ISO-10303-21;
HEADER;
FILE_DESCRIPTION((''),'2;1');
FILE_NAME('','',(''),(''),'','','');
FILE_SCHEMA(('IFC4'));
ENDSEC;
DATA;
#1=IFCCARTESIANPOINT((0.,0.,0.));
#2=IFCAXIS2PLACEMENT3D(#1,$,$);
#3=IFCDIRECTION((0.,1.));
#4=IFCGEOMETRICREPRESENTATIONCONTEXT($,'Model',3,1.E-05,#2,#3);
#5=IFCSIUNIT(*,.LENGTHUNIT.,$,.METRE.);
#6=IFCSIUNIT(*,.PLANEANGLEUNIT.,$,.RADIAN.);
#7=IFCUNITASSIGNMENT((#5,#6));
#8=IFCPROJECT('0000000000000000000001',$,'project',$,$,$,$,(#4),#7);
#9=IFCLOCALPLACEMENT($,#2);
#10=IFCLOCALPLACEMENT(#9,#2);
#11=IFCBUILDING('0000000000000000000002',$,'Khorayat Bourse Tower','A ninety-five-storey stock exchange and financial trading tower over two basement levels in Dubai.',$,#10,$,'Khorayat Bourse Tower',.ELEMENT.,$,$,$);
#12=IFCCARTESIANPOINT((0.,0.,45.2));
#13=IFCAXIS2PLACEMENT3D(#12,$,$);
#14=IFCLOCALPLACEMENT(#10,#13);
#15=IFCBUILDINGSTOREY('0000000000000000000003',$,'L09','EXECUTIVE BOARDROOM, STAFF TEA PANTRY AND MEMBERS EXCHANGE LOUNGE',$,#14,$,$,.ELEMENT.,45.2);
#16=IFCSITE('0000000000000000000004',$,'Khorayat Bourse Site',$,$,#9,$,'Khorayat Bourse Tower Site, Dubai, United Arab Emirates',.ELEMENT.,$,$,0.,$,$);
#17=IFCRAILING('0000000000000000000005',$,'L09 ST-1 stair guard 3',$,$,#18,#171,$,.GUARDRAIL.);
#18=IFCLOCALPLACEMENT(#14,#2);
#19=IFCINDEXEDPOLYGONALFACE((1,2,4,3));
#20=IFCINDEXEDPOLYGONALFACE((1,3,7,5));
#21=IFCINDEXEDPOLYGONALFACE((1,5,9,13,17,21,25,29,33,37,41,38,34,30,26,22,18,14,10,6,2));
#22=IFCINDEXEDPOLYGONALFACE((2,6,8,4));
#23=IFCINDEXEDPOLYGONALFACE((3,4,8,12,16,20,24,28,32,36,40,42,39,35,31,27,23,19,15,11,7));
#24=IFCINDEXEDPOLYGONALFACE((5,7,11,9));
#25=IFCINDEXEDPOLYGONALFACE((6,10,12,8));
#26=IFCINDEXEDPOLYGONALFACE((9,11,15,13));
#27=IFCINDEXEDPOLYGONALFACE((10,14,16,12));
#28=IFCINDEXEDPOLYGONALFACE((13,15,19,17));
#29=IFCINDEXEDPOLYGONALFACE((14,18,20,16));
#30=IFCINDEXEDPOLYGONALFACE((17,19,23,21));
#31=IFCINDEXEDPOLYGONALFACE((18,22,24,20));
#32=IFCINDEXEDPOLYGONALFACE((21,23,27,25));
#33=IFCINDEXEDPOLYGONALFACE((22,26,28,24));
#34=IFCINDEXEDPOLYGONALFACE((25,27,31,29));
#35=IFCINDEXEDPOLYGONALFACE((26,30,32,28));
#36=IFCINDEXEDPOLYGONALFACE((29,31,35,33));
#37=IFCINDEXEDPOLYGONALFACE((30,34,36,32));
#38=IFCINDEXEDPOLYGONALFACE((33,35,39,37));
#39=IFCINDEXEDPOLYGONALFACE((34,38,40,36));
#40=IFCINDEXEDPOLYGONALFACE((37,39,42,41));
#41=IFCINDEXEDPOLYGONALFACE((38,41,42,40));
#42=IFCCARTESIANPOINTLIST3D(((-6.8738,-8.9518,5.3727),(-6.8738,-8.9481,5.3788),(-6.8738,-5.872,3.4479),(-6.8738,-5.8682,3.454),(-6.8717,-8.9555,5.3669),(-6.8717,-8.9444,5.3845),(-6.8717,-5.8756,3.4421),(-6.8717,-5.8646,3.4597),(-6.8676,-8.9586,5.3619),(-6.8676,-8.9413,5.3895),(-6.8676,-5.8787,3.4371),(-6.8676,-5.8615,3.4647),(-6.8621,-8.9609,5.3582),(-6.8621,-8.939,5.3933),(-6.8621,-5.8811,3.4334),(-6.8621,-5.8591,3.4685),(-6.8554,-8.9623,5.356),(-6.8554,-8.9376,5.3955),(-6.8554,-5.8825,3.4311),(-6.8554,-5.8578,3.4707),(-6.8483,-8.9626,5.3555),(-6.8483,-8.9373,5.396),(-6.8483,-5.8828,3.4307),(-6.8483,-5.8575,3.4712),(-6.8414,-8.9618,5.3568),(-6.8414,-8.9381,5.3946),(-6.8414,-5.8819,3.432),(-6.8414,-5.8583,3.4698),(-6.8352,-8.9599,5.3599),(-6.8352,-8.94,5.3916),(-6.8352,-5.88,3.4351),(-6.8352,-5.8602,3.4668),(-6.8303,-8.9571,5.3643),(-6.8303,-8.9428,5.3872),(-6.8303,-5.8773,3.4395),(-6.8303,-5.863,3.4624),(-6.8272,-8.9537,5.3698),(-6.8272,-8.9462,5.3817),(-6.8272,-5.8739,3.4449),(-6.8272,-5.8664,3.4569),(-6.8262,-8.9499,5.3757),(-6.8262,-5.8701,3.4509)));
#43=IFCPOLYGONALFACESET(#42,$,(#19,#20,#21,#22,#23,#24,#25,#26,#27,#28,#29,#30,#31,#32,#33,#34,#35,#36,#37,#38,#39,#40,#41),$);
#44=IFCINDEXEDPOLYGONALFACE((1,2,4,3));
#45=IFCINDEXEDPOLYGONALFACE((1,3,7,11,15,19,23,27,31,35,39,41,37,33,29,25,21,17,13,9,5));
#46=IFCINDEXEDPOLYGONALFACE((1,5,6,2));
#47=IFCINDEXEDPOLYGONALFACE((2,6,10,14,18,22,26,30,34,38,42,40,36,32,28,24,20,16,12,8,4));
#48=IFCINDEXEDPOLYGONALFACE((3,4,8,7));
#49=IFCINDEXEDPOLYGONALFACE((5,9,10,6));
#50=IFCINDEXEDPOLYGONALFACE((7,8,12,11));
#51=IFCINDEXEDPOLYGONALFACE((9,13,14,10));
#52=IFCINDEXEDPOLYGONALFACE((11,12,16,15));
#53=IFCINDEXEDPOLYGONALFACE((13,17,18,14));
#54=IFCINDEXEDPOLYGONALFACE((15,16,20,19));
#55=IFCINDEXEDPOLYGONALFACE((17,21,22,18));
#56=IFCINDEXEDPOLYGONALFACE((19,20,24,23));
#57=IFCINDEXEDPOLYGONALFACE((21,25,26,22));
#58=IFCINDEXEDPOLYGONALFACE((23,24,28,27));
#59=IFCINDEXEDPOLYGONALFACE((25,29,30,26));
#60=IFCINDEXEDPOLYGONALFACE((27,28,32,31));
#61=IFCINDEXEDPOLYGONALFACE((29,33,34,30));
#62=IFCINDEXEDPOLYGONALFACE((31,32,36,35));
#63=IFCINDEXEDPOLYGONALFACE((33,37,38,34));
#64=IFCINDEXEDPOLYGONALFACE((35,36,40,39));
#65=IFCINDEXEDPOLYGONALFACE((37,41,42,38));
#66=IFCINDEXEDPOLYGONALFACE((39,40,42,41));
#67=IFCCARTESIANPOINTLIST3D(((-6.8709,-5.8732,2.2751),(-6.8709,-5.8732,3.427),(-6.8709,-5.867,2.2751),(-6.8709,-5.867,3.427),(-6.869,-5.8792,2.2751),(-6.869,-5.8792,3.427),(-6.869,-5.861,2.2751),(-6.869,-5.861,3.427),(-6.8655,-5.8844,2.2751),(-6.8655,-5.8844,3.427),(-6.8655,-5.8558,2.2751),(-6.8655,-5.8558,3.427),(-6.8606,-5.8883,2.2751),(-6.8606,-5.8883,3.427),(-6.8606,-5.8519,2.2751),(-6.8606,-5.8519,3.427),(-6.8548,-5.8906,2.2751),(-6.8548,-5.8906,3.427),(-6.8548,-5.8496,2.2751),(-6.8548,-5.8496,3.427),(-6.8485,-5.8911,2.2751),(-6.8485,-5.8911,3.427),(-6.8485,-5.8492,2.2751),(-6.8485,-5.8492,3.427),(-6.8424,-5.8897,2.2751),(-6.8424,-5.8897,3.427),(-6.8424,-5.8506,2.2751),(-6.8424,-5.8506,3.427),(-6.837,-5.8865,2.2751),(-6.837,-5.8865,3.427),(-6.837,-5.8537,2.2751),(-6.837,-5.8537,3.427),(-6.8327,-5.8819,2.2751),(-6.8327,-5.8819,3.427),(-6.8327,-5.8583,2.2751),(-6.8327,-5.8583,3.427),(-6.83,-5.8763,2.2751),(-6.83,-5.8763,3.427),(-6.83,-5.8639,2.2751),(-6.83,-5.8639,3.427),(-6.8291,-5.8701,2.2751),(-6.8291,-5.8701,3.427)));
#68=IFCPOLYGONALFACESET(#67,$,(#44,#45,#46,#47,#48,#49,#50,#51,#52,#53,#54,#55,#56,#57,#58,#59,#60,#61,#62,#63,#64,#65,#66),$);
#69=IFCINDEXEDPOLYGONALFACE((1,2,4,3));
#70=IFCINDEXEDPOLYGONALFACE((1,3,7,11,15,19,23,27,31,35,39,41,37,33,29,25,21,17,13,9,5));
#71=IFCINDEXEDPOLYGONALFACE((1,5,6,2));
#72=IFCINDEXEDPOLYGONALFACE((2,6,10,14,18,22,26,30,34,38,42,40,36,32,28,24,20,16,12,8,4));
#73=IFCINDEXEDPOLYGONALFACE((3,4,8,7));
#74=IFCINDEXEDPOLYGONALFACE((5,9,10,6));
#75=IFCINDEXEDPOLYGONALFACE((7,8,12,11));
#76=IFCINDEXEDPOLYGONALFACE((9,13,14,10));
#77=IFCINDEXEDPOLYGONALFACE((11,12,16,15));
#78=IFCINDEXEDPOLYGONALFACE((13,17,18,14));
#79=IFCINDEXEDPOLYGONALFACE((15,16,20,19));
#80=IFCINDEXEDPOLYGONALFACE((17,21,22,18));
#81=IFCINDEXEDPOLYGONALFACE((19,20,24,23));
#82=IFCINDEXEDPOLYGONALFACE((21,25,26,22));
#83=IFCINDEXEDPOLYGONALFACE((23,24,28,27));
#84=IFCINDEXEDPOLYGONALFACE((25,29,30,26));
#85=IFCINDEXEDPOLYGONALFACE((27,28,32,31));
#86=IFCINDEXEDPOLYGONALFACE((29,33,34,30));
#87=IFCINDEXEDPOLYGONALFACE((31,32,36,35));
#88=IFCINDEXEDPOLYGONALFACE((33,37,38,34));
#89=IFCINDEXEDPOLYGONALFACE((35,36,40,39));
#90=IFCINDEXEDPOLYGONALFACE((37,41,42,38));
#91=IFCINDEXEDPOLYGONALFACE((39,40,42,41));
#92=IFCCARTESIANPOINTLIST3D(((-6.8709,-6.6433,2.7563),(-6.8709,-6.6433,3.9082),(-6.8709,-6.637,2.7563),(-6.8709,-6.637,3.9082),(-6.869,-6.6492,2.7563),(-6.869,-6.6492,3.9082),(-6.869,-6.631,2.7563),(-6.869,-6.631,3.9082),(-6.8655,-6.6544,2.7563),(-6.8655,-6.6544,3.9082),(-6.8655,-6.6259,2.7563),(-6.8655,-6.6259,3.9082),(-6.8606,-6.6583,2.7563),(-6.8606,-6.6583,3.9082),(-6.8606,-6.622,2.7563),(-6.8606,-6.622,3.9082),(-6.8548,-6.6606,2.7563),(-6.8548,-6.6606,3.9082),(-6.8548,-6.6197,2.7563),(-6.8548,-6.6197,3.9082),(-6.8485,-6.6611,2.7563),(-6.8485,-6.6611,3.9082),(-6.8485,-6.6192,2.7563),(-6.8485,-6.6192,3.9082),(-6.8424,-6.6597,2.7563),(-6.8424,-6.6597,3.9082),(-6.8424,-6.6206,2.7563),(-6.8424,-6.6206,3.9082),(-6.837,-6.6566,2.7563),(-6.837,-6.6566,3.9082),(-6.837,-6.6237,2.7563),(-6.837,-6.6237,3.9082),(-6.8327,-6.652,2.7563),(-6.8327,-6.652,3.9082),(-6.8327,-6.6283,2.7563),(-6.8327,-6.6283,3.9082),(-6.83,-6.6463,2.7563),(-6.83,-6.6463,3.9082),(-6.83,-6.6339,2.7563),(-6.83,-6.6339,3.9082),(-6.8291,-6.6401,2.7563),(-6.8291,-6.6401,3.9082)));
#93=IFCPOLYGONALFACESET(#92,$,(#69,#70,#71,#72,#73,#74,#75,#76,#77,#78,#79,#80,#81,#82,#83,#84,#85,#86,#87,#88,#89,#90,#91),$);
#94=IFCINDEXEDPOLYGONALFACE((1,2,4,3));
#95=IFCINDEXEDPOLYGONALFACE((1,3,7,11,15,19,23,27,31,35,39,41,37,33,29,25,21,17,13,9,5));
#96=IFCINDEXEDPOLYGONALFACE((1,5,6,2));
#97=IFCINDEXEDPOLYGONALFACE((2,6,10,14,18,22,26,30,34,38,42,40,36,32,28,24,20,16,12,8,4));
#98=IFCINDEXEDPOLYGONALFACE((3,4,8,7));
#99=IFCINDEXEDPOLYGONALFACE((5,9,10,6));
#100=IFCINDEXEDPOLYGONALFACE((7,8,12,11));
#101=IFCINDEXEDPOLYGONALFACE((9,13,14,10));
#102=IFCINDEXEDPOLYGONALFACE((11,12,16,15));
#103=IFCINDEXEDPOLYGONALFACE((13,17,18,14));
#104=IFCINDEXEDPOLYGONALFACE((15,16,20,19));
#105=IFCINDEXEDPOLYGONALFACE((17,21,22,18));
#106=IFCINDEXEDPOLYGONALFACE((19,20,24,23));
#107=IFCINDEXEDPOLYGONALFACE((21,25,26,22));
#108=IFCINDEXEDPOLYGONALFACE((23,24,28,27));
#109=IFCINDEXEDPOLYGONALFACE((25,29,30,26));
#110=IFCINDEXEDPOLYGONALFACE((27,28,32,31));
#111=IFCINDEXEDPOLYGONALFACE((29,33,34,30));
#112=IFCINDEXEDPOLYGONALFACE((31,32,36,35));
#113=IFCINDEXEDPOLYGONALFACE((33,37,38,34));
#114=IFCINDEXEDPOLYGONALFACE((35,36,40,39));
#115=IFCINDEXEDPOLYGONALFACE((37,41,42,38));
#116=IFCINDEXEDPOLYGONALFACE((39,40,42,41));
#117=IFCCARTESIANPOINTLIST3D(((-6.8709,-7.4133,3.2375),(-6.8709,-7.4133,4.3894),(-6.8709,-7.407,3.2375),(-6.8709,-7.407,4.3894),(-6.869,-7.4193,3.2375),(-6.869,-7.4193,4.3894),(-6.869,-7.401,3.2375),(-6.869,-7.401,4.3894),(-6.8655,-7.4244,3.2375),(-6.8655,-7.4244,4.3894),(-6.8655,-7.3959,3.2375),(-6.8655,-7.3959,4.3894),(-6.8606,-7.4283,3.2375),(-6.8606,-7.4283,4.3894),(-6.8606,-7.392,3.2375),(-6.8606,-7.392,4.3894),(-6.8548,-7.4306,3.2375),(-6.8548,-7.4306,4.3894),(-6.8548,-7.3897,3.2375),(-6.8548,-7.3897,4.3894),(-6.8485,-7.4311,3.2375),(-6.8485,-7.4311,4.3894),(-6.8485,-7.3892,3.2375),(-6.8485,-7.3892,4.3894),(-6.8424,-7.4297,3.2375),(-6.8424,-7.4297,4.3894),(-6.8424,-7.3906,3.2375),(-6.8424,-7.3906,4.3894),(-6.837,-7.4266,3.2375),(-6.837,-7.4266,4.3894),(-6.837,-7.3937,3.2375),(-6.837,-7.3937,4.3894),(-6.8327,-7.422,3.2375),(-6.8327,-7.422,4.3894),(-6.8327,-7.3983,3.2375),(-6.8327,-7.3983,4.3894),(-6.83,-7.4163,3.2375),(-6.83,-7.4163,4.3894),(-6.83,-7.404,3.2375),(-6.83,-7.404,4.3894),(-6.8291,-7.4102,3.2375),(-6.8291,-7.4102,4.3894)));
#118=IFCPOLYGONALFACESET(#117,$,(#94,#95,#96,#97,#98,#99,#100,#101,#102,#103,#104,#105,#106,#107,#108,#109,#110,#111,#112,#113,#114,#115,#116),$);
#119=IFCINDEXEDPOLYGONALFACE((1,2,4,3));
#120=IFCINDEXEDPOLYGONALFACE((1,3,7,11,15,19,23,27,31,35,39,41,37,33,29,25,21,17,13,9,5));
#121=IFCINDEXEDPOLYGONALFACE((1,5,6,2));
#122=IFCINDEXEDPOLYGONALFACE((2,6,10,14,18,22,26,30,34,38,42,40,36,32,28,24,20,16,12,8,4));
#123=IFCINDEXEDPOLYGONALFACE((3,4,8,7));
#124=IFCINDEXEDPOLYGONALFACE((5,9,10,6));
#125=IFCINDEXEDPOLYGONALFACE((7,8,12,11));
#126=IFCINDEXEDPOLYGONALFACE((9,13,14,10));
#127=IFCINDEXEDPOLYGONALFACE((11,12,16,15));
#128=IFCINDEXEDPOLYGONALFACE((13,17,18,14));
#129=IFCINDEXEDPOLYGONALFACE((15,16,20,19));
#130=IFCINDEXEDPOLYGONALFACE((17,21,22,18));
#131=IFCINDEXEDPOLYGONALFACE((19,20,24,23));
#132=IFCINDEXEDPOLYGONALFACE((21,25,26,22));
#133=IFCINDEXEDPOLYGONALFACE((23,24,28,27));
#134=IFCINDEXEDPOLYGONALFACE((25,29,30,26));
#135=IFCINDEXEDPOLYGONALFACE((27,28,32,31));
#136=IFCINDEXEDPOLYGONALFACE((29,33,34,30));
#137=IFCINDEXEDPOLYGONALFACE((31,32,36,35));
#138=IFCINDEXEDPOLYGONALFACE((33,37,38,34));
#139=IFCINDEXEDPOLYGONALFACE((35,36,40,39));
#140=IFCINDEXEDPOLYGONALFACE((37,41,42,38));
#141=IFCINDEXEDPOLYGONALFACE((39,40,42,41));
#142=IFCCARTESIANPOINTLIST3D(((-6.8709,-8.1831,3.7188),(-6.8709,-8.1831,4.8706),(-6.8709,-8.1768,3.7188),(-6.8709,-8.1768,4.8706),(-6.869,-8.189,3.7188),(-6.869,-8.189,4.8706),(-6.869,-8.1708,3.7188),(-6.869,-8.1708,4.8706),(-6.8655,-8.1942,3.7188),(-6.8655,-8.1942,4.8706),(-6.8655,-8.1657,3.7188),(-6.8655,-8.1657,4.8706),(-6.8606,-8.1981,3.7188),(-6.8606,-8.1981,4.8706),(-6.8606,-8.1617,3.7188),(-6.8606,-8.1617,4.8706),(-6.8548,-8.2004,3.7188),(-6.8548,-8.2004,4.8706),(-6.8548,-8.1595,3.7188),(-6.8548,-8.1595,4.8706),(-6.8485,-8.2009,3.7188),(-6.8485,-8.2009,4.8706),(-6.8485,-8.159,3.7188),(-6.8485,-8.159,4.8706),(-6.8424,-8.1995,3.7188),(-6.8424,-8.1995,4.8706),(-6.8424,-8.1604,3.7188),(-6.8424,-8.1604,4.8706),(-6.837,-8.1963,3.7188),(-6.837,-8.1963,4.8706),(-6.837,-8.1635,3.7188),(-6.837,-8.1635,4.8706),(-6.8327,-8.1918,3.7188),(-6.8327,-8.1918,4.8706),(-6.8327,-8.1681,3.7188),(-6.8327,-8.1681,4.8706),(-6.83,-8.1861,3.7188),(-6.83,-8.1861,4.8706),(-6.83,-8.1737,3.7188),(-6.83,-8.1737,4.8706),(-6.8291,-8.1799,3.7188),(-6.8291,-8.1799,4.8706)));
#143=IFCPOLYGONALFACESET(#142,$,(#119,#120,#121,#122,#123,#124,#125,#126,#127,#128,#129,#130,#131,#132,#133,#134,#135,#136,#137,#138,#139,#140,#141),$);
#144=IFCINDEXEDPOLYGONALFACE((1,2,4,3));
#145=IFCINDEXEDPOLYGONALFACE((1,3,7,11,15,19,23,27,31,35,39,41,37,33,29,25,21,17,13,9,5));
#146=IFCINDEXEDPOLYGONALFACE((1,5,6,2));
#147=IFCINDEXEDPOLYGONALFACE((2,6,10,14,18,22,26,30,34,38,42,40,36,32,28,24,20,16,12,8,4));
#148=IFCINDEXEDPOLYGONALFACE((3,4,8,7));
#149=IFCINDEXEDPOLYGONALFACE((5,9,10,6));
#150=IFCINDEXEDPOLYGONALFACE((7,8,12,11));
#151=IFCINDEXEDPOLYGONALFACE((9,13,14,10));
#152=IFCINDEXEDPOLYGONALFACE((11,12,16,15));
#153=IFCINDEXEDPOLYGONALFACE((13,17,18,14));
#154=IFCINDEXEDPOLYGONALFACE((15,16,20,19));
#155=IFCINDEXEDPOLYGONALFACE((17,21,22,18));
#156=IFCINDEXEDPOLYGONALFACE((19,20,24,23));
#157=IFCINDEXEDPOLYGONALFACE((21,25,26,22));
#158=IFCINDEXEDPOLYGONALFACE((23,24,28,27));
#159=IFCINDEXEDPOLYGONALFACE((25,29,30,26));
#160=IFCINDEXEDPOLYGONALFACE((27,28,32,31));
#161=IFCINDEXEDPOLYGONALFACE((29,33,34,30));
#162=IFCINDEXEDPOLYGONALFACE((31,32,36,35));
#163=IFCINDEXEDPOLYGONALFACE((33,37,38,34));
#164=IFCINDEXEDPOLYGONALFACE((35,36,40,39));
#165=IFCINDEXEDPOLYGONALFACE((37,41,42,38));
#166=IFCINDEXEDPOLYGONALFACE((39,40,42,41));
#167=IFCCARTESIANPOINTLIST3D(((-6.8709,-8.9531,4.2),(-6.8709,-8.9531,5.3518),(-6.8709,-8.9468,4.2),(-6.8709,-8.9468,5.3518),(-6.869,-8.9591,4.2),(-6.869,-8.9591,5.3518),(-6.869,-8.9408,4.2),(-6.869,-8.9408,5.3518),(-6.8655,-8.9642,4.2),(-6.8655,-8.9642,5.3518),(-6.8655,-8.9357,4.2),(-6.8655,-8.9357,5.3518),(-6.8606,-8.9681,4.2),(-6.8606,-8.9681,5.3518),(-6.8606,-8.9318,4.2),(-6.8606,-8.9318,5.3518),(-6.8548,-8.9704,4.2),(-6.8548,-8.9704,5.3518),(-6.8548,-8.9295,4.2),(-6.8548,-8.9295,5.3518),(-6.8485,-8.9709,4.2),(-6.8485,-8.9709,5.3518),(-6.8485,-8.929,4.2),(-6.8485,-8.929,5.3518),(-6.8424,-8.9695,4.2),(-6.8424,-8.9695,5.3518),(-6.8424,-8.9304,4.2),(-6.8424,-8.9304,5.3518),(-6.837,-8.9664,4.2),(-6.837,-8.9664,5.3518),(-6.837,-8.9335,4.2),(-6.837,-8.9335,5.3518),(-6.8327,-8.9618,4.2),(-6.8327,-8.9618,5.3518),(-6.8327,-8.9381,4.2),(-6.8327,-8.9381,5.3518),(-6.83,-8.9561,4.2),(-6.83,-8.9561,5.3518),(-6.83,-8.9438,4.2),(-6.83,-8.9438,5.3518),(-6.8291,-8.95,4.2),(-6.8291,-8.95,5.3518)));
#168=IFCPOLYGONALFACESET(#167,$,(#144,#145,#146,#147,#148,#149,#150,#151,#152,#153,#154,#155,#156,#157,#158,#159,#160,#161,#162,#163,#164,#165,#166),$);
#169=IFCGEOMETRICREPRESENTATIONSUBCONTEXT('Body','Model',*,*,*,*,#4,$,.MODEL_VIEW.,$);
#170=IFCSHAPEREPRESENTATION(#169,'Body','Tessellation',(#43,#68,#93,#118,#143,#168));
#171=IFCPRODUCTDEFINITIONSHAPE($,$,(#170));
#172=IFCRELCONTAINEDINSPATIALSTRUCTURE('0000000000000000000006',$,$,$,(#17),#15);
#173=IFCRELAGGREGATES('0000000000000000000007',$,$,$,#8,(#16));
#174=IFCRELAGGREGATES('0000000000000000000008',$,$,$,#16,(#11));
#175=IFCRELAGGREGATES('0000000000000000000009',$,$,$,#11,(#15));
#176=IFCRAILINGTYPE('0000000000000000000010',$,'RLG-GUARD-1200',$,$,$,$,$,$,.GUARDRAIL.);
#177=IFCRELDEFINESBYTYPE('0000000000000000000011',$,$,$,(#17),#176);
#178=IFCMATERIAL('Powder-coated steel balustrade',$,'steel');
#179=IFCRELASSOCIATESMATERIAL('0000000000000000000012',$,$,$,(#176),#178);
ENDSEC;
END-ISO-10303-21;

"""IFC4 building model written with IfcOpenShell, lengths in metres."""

from ifc_helpers import new_model, si_unit, direction, frame, origin, origin_2d, place, context, subcontext, project, spatial, circle, extrude, source, transform, mapped, material, type_object, element, save


model = new_model("IFC4")

# Units and contexts
model_context = context("Model", 3, precision=1e-05, world=origin(), true_north=direction((0.0, 1.0)))
body_context = subcontext(model_context, "Body", "Model", "MODEL_VIEW")
ifc_project = project(units=[si_unit("LENGTHUNIT", "METRE"), si_unit("PLANEANGLEUNIT", "RADIAN")], contexts=[model_context])

# Site, building, storey
site_placement = place(None, origin())
site = spatial("IfcSite", under=ifc_project, at=site_placement, Name="Khorayat Bourse Site", LongName="Khorayat Bourse Tower Site, Dubai, United Arab Emirates", CompositionType="ELEMENT", RefElevation=0.0)
building_placement = place(site_placement, origin())
building = spatial("IfcBuilding", under=site, at=building_placement, Name="Khorayat Bourse Tower", Description="A ninety-five-storey stock exchange and financial trading tower over two basement levels in Dubai.", LongName="Khorayat Bourse Tower", CompositionType="ELEMENT")
storey_placement = place(building_placement, frame((0.0, 0.0, 45.2)))
storey = spatial("IfcBuildingStorey", under=building, at=storey_placement, Name="L09", Description="EXECUTIVE BOARDROOM, STAFF TEA PANTRY AND MEMBERS EXCHANGE LOUNGE", CompositionType="ELEMENT", Elevation=45.2)

# Railing
ifc_material_1 = material(Name="Powder-coated steel balustrade", Category="steel")
railing_type_1 = type_object("IfcRailingType", Name="RLG-GUARD-1200", PredefinedType="GUARDRAIL", material=ifc_material_1)
shared_shape_1 = source(origin(), body_context, "Body", "SweptSolid", [
    extrude(circle(Radius=0.0239, at=origin_2d()), frame((0.0, 0.0, 1.1758), z_axis=(0.0, -0.84801, 0.529981), x_axis=(1.0, 0.0, 0.0)), (0.0, 0.0, 1.0), 3.6318),
    extrude(circle(Radius=0.021, at=origin_2d()), origin(), (0.0, 0.0, 1.0), 1.1519),
    extrude(circle(Radius=0.021, at=origin_2d()), frame((0.0, -0.77, 0.4812)), (0.0, 0.0, 1.0), 1.1519),
    extrude(circle(Radius=0.021, at=origin_2d()), frame((0.0, -1.54, 0.9624)), (0.0, 0.0, 1.0), 1.1519),
    extrude(circle(Radius=0.021, at=origin_2d()), frame((0.0, -2.3098, 1.4436)), (0.0, 0.0, 1.0), 1.1519),
    extrude(circle(Radius=0.021, at=origin_2d()), frame((0.0, -3.0798, 1.9248)), (0.0, 0.0, 1.0), 1.1519),
])
railing_1_placement = place(storey_placement, frame((-6.8501, -5.8701, 2.2751)))
element("IfcRailing", 1, at=railing_1_placement, inside=storey, type_object=railing_type_1, Name="L09 ST-1 stair guard 3", PredefinedType="GUARDRAIL", context=body_context, shape_type="MappedRepresentation", body=[
    mapped(shared_shape_1, transform((0.0, 0.0, 0.0), scale=1.0)),
])

save(model, "model.ifc")
